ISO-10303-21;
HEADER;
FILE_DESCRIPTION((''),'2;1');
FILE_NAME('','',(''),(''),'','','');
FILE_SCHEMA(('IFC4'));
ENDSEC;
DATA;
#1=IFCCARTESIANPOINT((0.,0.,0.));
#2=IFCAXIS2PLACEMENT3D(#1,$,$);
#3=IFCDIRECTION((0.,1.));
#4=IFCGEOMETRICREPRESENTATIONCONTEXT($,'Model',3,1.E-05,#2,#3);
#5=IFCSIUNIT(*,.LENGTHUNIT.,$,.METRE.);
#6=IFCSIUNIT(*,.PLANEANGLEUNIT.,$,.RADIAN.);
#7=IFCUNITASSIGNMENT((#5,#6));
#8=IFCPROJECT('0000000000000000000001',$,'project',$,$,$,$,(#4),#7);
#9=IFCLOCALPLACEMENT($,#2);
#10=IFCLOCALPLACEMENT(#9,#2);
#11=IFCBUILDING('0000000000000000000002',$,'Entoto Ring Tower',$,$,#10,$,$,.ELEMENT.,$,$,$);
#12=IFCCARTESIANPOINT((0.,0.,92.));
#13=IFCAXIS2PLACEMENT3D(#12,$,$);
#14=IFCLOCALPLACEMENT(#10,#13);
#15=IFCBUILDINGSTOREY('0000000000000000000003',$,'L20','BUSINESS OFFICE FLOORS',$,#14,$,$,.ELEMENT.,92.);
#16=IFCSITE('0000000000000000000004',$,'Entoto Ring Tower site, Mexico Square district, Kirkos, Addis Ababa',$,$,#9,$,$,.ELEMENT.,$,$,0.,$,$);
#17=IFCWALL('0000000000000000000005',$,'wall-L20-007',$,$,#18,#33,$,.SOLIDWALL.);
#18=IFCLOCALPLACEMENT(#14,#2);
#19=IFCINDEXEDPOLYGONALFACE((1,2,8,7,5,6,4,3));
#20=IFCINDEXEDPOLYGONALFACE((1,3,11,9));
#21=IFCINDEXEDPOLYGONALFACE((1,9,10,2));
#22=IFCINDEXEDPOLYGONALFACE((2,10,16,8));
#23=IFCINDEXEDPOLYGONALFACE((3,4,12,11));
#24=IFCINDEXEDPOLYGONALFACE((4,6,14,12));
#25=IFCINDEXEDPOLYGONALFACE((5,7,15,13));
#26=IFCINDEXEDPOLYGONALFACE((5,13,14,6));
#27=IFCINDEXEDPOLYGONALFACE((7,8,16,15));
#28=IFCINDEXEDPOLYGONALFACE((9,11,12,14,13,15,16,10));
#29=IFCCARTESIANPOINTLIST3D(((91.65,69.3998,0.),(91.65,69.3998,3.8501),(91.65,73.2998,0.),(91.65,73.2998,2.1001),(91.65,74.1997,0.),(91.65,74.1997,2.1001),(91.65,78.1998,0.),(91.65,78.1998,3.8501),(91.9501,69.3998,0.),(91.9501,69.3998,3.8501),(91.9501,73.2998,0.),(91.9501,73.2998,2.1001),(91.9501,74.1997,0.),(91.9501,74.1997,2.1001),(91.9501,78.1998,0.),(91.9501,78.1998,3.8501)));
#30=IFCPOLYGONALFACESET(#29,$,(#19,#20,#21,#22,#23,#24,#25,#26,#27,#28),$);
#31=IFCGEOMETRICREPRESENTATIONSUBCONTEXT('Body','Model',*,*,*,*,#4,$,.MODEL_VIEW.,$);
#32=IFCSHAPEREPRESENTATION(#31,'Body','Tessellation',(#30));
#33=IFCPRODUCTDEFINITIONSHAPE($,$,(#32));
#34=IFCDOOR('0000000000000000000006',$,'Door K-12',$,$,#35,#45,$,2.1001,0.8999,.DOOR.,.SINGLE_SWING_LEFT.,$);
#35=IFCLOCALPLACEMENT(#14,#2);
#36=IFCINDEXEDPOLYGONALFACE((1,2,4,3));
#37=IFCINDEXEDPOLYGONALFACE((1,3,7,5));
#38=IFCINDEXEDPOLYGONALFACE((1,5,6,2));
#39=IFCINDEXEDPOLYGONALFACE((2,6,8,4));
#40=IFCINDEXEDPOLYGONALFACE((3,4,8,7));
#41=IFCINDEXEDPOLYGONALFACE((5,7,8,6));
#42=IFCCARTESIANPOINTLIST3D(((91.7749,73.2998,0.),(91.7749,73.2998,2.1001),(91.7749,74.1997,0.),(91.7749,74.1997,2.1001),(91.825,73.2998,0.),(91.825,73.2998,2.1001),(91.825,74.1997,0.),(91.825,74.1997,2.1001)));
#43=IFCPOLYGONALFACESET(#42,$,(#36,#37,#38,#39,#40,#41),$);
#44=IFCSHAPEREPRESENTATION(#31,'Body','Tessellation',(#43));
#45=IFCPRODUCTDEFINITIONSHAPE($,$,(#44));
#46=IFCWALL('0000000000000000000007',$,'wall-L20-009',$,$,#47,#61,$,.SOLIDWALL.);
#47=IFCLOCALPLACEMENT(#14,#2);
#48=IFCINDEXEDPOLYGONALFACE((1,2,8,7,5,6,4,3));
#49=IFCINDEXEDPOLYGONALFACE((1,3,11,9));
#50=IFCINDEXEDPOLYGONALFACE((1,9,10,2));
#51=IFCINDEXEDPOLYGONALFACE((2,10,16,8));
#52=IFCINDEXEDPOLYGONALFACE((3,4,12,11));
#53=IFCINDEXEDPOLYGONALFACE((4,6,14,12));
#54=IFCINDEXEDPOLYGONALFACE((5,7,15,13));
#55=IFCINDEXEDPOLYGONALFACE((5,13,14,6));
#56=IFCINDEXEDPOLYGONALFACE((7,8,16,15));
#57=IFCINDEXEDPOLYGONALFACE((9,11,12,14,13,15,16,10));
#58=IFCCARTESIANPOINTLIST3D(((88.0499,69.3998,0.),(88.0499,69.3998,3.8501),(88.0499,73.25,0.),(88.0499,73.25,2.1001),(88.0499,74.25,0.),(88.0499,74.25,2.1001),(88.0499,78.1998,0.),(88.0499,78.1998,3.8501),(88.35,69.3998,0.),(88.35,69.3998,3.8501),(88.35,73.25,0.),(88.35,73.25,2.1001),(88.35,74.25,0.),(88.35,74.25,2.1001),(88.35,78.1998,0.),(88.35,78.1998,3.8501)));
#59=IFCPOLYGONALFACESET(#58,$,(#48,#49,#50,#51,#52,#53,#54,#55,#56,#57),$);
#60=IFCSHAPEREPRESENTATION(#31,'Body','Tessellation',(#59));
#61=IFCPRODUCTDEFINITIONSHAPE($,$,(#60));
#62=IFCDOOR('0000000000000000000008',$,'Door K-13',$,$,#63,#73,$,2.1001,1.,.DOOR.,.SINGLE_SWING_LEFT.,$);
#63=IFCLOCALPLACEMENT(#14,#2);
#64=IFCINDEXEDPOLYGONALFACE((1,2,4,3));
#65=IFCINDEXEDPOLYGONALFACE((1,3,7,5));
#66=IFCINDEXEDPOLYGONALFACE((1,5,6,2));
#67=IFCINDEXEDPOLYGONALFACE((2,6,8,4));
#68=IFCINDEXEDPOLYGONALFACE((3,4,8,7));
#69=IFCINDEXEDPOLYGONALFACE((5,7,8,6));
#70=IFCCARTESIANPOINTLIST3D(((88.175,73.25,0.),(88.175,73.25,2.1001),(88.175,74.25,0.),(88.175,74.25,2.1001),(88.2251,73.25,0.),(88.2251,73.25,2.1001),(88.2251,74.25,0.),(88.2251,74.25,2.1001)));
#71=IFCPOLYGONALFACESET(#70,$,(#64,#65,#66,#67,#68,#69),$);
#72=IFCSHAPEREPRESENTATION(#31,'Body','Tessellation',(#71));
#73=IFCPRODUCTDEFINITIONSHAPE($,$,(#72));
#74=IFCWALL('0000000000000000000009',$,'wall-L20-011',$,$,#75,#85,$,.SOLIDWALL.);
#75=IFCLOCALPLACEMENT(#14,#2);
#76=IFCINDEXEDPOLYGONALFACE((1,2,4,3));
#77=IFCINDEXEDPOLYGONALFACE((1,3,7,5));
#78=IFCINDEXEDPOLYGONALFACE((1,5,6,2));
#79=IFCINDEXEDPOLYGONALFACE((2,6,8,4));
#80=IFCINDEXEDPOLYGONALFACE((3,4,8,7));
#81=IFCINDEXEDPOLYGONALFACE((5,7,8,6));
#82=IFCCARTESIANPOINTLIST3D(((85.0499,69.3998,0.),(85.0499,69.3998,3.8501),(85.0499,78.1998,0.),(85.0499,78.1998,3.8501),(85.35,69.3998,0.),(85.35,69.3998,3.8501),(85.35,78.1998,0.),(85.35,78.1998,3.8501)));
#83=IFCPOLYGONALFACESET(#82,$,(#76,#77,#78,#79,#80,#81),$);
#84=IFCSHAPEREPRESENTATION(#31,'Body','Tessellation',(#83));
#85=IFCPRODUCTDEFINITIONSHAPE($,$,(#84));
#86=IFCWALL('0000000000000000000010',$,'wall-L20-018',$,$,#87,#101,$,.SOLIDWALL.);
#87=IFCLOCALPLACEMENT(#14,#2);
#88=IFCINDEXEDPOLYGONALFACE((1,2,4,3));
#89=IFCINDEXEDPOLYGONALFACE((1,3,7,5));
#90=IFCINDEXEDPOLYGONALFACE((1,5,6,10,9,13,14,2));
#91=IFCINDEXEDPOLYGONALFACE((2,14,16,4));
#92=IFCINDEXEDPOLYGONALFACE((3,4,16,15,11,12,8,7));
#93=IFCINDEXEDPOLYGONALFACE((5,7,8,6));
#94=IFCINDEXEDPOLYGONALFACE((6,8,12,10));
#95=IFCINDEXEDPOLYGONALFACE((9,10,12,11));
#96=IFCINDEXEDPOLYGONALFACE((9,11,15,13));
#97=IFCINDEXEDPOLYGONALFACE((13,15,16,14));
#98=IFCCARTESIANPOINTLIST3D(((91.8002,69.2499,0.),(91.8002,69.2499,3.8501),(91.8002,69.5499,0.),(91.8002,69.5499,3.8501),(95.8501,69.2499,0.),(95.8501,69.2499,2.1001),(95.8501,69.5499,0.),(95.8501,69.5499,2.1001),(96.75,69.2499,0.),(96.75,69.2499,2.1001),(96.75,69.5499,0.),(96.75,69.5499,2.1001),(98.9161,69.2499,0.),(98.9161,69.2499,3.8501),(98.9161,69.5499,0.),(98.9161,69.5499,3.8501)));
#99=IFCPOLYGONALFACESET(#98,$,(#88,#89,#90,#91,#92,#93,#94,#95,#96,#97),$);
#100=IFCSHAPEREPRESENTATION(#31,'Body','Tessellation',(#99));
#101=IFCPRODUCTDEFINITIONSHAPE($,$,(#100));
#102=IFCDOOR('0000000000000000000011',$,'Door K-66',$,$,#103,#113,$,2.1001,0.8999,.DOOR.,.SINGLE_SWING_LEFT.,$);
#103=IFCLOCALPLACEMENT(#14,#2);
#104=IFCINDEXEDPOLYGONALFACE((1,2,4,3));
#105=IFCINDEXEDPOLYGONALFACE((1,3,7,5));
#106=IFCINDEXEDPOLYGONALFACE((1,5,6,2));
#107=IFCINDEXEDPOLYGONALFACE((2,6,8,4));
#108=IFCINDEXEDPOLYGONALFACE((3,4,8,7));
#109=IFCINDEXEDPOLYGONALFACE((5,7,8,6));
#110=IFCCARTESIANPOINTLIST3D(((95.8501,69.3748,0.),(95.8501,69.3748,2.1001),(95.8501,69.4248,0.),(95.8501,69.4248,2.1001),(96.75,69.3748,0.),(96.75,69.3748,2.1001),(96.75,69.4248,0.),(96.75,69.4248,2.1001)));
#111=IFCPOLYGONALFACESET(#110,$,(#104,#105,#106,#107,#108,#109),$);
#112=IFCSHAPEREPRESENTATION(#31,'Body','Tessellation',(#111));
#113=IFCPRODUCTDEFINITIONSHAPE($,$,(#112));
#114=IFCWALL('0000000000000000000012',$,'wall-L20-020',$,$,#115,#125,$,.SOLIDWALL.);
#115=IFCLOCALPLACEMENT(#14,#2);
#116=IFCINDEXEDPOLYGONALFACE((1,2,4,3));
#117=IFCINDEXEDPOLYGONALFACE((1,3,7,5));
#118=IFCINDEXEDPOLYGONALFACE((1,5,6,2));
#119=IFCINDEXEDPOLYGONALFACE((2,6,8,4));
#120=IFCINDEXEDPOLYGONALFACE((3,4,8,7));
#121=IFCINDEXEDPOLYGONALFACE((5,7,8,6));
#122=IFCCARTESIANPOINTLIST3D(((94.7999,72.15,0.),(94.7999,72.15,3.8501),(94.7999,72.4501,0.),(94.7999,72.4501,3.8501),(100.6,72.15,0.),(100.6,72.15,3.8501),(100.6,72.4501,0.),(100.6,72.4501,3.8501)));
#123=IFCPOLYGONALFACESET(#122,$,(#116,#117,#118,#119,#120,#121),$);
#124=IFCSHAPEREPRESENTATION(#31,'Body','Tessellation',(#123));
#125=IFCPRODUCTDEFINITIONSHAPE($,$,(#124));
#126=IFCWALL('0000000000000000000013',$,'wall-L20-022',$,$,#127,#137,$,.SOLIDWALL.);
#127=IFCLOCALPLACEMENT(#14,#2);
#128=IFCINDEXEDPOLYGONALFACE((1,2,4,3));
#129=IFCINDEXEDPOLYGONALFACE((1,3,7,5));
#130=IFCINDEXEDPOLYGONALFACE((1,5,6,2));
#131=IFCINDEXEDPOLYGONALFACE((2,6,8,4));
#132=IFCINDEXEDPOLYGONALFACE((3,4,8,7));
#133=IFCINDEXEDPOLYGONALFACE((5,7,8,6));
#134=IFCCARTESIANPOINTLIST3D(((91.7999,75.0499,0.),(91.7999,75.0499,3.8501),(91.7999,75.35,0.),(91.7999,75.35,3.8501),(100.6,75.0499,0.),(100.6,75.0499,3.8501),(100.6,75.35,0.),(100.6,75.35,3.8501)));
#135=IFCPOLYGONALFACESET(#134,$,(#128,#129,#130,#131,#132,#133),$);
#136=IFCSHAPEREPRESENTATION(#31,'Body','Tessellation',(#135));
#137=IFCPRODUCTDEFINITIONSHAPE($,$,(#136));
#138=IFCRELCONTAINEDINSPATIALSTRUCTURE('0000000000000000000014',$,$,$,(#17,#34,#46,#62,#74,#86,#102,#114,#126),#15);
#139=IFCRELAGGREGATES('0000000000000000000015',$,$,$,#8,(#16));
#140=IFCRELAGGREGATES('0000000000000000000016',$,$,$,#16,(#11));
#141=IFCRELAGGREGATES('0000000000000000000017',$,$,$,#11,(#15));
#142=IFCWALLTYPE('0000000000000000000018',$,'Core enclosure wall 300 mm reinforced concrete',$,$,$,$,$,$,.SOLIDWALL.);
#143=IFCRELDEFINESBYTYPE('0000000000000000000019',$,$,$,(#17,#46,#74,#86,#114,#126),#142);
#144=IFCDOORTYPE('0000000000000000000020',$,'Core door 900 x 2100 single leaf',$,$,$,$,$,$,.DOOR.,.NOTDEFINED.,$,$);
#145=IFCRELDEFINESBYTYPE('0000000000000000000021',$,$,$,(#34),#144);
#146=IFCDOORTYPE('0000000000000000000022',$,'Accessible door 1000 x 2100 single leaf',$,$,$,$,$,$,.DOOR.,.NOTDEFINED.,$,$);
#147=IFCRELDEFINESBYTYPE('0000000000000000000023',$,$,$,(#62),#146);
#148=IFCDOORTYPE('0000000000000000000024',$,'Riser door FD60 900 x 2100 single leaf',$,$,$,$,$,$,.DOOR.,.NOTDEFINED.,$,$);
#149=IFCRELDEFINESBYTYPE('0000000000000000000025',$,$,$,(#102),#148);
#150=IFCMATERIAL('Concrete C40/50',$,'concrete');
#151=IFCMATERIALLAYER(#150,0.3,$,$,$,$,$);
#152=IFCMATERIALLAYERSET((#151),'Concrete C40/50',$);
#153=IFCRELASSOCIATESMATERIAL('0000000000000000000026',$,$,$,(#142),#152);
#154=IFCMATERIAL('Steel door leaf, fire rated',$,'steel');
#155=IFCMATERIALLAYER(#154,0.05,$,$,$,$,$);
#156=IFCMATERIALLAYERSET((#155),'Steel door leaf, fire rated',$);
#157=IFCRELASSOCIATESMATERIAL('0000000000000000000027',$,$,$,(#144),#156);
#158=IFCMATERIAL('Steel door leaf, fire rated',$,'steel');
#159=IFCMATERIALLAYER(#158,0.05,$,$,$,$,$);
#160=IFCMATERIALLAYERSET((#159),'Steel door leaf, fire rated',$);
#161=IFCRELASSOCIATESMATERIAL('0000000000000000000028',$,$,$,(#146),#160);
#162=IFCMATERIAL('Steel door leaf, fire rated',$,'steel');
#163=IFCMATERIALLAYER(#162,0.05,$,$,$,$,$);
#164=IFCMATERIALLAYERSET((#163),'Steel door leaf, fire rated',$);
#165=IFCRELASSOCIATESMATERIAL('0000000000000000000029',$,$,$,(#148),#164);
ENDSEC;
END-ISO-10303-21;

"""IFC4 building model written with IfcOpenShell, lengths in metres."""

from ifc_helpers import new_model, si_unit, direction, frame, frame_2d, origin, place, context, subcontext, project, spatial, rectangle, extrude, material, layer, layer_set, type_object, element, fill, save


model = new_model("IFC4")

# Units and contexts
model_context = context("Model", 3, precision=1e-05, world=origin(), true_north=direction((0.0, 1.0)))
body_context = subcontext(model_context, "Body", "Model", "MODEL_VIEW")
ifc_project = project(units=[si_unit("LENGTHUNIT", "METRE"), si_unit("PLANEANGLEUNIT", "RADIAN")], contexts=[model_context])

# Site, building, storey
site_placement = place(None, origin())
site = spatial("IfcSite", under=ifc_project, at=site_placement, Name="Entoto Ring Tower site, Mexico Square district, Kirkos, Addis Ababa", CompositionType="ELEMENT", RefElevation=0.0)
building_placement = place(site_placement, origin())
building = spatial("IfcBuilding", under=site, at=building_placement, Name="Entoto Ring Tower", CompositionType="ELEMENT")
storey_placement = place(building_placement, frame((0.0, 0.0, 92.0)))
storey = spatial("IfcBuildingStorey", under=building, at=storey_placement, Name="L20", Description="BUSINESS OFFICE FLOORS", CompositionType="ELEMENT", Elevation=92.0)

# Shared definitions
ifc_material_1 = material(Name="Concrete C40/50", Category="concrete")
ifc_layer_1 = layer(ifc_material_1, 0.3)
ifc_layer_set_1 = layer_set([ifc_layer_1], Name="Concrete C40/50")
wall_type_1 = type_object("IfcWallType", Name="Core enclosure wall 300 mm reinforced concrete", PredefinedType="SOLIDWALL", material=ifc_layer_set_1)

# Walls, openings, doors
wall_1_placement = place(storey_placement, frame((91.8, 69.3999, 0.0), z_axis=(0.0, 0.0, 1.0), x_axis=(0.0, 1.0, 0.0)))
wall_1 = element("IfcWall", 1, at=wall_1_placement, inside=storey, type_object=wall_type_1, Name="wall-L20-007", PredefinedType="SOLIDWALL", context=body_context, shape_type="SweptSolid", body=[
    extrude(rectangle(XDim=8.8, YDim=0.3, at=frame_2d((4.3999, 0.0))), origin(), (0.0, 0.0, 1.0), 3.8501),
])
opening_1_placement = place(wall_1_placement, frame((3.8999, 0.0, 0.0)))
opening_1 = element("IfcOpeningElement", 2, at=opening_1_placement, cuts=wall_1, PredefinedType="OPENING", context=body_context, shape_type="SweptSolid", body=[
    extrude(rectangle(XDim=0.8999, YDim=2.1001, at=frame_2d((0.45, 1.05))), frame((0.0, 0.1602, 0.0), z_axis=(0.0, -1.0, 0.0), x_axis=(1.0, 0.0, 0.0)), (0.0, 0.0, 1.0), 0.3201),
])
ifc_material_2 = material(Name="Steel door leaf, fire rated", Category="steel")
ifc_layer_2 = layer(ifc_material_2, 0.05)
ifc_layer_set_2 = layer_set([ifc_layer_2], Name="Steel door leaf, fire rated")
door_type_1 = type_object("IfcDoorType", Name="Core door 900 x 2100 single leaf", OperationType="NOTDEFINED", PredefinedType="DOOR", material=ifc_layer_set_2)
door_1_placement = place(opening_1_placement, frame((0.8999, 0.0, 0.0), z_axis=(0.0, 0.0, 1.0), x_axis=(-1.0, 0.0, 0.0)))
door_1 = element("IfcDoor", 3, at=door_1_placement, inside=storey, type_object=door_type_1, Name="Door K-12", OperationType="SINGLE_SWING_LEFT", OverallHeight=2.1001, OverallWidth=0.8999, PredefinedType="DOOR", context=body_context, shape_type="SweptSolid", body=[
    extrude(rectangle(XDim=0.8999, YDim=2.1001, at=frame_2d((0.45, 1.05))), frame((0.0, 0.0249, 0.0), z_axis=(0.0, -1.0, 0.0), x_axis=(1.0, 0.0, 0.0)), (0.0, 0.0, 1.0), 0.05),
])
fill(opening_1, door_1)
wall_2_placement = place(storey_placement, frame((88.2, 69.3999, 0.0), z_axis=(0.0, 0.0, 1.0), x_axis=(0.0, 1.0, 0.0)))
wall_2 = element("IfcWall", 4, at=wall_2_placement, inside=storey, type_object=wall_type_1, Name="wall-L20-009", PredefinedType="SOLIDWALL", context=body_context, shape_type="SweptSolid", body=[
    extrude(rectangle(XDim=8.8, YDim=0.3, at=frame_2d((4.3999, 0.0))), origin(), (0.0, 0.0, 1.0), 3.8501),
])
opening_2_placement = place(wall_2_placement, frame((3.8501, 0.0, 0.0)))
opening_2 = element("IfcOpeningElement", 5, at=opening_2_placement, cuts=wall_2, PredefinedType="OPENING", context=body_context, shape_type="SweptSolid", body=[
    extrude(rectangle(XDim=1.0, YDim=2.1001, at=frame_2d((0.5, 1.05))), frame((0.0, 0.1602, 0.0), z_axis=(0.0, -1.0, 0.0), x_axis=(1.0, 0.0, 0.0)), (0.0, 0.0, 1.0), 0.3201),
])
ifc_material_3 = material(Name="Steel door leaf, fire rated", Category="steel")
ifc_layer_3 = layer(ifc_material_3, 0.05)
ifc_layer_set_3 = layer_set([ifc_layer_3], Name="Steel door leaf, fire rated")
door_type_2 = type_object("IfcDoorType", Name="Accessible door 1000 x 2100 single leaf", OperationType="NOTDEFINED", PredefinedType="DOOR", material=ifc_layer_set_3)
door_2_placement = place(opening_2_placement, origin())
door_2 = element("IfcDoor", 6, at=door_2_placement, inside=storey, type_object=door_type_2, Name="Door K-13", OperationType="SINGLE_SWING_LEFT", OverallHeight=2.1001, OverallWidth=1.0, PredefinedType="DOOR", context=body_context, shape_type="SweptSolid", body=[
    extrude(rectangle(XDim=1.0, YDim=2.1001, at=frame_2d((0.5, 1.05))), frame((0.0, 0.0249, 0.0), z_axis=(0.0, -1.0, 0.0), x_axis=(1.0, 0.0, 0.0)), (0.0, 0.0, 1.0), 0.05),
])
fill(opening_2, door_2)

# Wall
wall_3_placement = place(storey_placement, frame((85.2, 69.3999, 0.0), z_axis=(0.0, 0.0, 1.0), x_axis=(0.0, 1.0, 0.0)))
element("IfcWall", 7, at=wall_3_placement, inside=storey, type_object=wall_type_1, Name="wall-L20-011", PredefinedType="SOLIDWALL", context=body_context, shape_type="SweptSolid", body=[
    extrude(rectangle(XDim=8.8, YDim=0.3, at=frame_2d((4.3999, 0.0))), origin(), (0.0, 0.0, 1.0), 3.8501),
])

# Wall, opening, door
wall_4_placement = place(storey_placement, frame((91.8, 69.3999, 0.0), z_axis=(0.0, 0.0, 1.0), x_axis=(1.0, 0.0, 0.0)))
wall_4 = element("IfcWall", 8, at=wall_4_placement, inside=storey, type_object=wall_type_1, Name="wall-L20-018", PredefinedType="SOLIDWALL", context=body_context, shape_type="SweptSolid", body=[
    extrude(rectangle(XDim=7.116, YDim=0.3, at=frame_2d((3.5581, 0.0))), origin(), (0.0, 0.0, 1.0), 3.8501),
])
opening_3_placement = place(wall_4_placement, frame((4.05, 0.0, 0.0)))
opening_3 = element("IfcOpeningElement", 9, at=opening_3_placement, cuts=wall_4, PredefinedType="OPENING", context=body_context, shape_type="SweptSolid", body=[
    extrude(rectangle(XDim=0.8999, YDim=2.1001, at=frame_2d((0.45, 1.05))), frame((0.0, 0.1602, 0.0), z_axis=(0.0, -1.0, 0.0), x_axis=(1.0, 0.0, 0.0)), (0.0, 0.0, 1.0), 0.3201),
])
ifc_material_4 = material(Name="Steel door leaf, fire rated", Category="steel")
ifc_layer_4 = layer(ifc_material_4, 0.05)
ifc_layer_set_4 = layer_set([ifc_layer_4], Name="Steel door leaf, fire rated")
door_type_3 = type_object("IfcDoorType", Name="Riser door FD60 900 x 2100 single leaf", OperationType="NOTDEFINED", PredefinedType="DOOR", material=ifc_layer_set_4)
door_3_placement = place(opening_3_placement, origin())
door_3 = element("IfcDoor", 10, at=door_3_placement, inside=storey, type_object=door_type_3, Name="Door K-66", OperationType="SINGLE_SWING_LEFT", OverallHeight=2.1001, OverallWidth=0.8999, PredefinedType="DOOR", context=body_context, shape_type="SweptSolid", body=[
    extrude(rectangle(XDim=0.8999, YDim=2.1001, at=frame_2d((0.45, 1.05))), frame((0.0, 0.0249, 0.0), z_axis=(0.0, -1.0, 0.0), x_axis=(1.0, 0.0, 0.0)), (0.0, 0.0, 1.0), 0.05),
])
fill(opening_3, door_3)

# Walls
wall_5_placement = place(storey_placement, frame((94.8, 72.3, 0.0), z_axis=(0.0, 0.0, 1.0), x_axis=(1.0, 0.0, 0.0)))
element("IfcWall", 11, at=wall_5_placement, inside=storey, type_object=wall_type_1, Name="wall-L20-020", PredefinedType="SOLIDWALL", context=body_context, shape_type="SweptSolid", body=[
    extrude(rectangle(XDim=5.8, YDim=0.3, at=frame_2d((2.8999, 0.0))), origin(), (0.0, 0.0, 1.0), 3.8501),
])
wall_6_placement = place(storey_placement, frame((91.8, 75.2, 0.0), z_axis=(0.0, 0.0, 1.0), x_axis=(1.0, 0.0, 0.0)))
element("IfcWall", 12, at=wall_6_placement, inside=storey, type_object=wall_type_1, Name="wall-L20-022", PredefinedType="SOLIDWALL", context=body_context, shape_type="SweptSolid", body=[
    extrude(rectangle(XDim=8.8, YDim=0.3, at=frame_2d((4.3999, 0.0))), origin(), (0.0, 0.0, 1.0), 3.8501),
])

save(model, "model.ifc")
